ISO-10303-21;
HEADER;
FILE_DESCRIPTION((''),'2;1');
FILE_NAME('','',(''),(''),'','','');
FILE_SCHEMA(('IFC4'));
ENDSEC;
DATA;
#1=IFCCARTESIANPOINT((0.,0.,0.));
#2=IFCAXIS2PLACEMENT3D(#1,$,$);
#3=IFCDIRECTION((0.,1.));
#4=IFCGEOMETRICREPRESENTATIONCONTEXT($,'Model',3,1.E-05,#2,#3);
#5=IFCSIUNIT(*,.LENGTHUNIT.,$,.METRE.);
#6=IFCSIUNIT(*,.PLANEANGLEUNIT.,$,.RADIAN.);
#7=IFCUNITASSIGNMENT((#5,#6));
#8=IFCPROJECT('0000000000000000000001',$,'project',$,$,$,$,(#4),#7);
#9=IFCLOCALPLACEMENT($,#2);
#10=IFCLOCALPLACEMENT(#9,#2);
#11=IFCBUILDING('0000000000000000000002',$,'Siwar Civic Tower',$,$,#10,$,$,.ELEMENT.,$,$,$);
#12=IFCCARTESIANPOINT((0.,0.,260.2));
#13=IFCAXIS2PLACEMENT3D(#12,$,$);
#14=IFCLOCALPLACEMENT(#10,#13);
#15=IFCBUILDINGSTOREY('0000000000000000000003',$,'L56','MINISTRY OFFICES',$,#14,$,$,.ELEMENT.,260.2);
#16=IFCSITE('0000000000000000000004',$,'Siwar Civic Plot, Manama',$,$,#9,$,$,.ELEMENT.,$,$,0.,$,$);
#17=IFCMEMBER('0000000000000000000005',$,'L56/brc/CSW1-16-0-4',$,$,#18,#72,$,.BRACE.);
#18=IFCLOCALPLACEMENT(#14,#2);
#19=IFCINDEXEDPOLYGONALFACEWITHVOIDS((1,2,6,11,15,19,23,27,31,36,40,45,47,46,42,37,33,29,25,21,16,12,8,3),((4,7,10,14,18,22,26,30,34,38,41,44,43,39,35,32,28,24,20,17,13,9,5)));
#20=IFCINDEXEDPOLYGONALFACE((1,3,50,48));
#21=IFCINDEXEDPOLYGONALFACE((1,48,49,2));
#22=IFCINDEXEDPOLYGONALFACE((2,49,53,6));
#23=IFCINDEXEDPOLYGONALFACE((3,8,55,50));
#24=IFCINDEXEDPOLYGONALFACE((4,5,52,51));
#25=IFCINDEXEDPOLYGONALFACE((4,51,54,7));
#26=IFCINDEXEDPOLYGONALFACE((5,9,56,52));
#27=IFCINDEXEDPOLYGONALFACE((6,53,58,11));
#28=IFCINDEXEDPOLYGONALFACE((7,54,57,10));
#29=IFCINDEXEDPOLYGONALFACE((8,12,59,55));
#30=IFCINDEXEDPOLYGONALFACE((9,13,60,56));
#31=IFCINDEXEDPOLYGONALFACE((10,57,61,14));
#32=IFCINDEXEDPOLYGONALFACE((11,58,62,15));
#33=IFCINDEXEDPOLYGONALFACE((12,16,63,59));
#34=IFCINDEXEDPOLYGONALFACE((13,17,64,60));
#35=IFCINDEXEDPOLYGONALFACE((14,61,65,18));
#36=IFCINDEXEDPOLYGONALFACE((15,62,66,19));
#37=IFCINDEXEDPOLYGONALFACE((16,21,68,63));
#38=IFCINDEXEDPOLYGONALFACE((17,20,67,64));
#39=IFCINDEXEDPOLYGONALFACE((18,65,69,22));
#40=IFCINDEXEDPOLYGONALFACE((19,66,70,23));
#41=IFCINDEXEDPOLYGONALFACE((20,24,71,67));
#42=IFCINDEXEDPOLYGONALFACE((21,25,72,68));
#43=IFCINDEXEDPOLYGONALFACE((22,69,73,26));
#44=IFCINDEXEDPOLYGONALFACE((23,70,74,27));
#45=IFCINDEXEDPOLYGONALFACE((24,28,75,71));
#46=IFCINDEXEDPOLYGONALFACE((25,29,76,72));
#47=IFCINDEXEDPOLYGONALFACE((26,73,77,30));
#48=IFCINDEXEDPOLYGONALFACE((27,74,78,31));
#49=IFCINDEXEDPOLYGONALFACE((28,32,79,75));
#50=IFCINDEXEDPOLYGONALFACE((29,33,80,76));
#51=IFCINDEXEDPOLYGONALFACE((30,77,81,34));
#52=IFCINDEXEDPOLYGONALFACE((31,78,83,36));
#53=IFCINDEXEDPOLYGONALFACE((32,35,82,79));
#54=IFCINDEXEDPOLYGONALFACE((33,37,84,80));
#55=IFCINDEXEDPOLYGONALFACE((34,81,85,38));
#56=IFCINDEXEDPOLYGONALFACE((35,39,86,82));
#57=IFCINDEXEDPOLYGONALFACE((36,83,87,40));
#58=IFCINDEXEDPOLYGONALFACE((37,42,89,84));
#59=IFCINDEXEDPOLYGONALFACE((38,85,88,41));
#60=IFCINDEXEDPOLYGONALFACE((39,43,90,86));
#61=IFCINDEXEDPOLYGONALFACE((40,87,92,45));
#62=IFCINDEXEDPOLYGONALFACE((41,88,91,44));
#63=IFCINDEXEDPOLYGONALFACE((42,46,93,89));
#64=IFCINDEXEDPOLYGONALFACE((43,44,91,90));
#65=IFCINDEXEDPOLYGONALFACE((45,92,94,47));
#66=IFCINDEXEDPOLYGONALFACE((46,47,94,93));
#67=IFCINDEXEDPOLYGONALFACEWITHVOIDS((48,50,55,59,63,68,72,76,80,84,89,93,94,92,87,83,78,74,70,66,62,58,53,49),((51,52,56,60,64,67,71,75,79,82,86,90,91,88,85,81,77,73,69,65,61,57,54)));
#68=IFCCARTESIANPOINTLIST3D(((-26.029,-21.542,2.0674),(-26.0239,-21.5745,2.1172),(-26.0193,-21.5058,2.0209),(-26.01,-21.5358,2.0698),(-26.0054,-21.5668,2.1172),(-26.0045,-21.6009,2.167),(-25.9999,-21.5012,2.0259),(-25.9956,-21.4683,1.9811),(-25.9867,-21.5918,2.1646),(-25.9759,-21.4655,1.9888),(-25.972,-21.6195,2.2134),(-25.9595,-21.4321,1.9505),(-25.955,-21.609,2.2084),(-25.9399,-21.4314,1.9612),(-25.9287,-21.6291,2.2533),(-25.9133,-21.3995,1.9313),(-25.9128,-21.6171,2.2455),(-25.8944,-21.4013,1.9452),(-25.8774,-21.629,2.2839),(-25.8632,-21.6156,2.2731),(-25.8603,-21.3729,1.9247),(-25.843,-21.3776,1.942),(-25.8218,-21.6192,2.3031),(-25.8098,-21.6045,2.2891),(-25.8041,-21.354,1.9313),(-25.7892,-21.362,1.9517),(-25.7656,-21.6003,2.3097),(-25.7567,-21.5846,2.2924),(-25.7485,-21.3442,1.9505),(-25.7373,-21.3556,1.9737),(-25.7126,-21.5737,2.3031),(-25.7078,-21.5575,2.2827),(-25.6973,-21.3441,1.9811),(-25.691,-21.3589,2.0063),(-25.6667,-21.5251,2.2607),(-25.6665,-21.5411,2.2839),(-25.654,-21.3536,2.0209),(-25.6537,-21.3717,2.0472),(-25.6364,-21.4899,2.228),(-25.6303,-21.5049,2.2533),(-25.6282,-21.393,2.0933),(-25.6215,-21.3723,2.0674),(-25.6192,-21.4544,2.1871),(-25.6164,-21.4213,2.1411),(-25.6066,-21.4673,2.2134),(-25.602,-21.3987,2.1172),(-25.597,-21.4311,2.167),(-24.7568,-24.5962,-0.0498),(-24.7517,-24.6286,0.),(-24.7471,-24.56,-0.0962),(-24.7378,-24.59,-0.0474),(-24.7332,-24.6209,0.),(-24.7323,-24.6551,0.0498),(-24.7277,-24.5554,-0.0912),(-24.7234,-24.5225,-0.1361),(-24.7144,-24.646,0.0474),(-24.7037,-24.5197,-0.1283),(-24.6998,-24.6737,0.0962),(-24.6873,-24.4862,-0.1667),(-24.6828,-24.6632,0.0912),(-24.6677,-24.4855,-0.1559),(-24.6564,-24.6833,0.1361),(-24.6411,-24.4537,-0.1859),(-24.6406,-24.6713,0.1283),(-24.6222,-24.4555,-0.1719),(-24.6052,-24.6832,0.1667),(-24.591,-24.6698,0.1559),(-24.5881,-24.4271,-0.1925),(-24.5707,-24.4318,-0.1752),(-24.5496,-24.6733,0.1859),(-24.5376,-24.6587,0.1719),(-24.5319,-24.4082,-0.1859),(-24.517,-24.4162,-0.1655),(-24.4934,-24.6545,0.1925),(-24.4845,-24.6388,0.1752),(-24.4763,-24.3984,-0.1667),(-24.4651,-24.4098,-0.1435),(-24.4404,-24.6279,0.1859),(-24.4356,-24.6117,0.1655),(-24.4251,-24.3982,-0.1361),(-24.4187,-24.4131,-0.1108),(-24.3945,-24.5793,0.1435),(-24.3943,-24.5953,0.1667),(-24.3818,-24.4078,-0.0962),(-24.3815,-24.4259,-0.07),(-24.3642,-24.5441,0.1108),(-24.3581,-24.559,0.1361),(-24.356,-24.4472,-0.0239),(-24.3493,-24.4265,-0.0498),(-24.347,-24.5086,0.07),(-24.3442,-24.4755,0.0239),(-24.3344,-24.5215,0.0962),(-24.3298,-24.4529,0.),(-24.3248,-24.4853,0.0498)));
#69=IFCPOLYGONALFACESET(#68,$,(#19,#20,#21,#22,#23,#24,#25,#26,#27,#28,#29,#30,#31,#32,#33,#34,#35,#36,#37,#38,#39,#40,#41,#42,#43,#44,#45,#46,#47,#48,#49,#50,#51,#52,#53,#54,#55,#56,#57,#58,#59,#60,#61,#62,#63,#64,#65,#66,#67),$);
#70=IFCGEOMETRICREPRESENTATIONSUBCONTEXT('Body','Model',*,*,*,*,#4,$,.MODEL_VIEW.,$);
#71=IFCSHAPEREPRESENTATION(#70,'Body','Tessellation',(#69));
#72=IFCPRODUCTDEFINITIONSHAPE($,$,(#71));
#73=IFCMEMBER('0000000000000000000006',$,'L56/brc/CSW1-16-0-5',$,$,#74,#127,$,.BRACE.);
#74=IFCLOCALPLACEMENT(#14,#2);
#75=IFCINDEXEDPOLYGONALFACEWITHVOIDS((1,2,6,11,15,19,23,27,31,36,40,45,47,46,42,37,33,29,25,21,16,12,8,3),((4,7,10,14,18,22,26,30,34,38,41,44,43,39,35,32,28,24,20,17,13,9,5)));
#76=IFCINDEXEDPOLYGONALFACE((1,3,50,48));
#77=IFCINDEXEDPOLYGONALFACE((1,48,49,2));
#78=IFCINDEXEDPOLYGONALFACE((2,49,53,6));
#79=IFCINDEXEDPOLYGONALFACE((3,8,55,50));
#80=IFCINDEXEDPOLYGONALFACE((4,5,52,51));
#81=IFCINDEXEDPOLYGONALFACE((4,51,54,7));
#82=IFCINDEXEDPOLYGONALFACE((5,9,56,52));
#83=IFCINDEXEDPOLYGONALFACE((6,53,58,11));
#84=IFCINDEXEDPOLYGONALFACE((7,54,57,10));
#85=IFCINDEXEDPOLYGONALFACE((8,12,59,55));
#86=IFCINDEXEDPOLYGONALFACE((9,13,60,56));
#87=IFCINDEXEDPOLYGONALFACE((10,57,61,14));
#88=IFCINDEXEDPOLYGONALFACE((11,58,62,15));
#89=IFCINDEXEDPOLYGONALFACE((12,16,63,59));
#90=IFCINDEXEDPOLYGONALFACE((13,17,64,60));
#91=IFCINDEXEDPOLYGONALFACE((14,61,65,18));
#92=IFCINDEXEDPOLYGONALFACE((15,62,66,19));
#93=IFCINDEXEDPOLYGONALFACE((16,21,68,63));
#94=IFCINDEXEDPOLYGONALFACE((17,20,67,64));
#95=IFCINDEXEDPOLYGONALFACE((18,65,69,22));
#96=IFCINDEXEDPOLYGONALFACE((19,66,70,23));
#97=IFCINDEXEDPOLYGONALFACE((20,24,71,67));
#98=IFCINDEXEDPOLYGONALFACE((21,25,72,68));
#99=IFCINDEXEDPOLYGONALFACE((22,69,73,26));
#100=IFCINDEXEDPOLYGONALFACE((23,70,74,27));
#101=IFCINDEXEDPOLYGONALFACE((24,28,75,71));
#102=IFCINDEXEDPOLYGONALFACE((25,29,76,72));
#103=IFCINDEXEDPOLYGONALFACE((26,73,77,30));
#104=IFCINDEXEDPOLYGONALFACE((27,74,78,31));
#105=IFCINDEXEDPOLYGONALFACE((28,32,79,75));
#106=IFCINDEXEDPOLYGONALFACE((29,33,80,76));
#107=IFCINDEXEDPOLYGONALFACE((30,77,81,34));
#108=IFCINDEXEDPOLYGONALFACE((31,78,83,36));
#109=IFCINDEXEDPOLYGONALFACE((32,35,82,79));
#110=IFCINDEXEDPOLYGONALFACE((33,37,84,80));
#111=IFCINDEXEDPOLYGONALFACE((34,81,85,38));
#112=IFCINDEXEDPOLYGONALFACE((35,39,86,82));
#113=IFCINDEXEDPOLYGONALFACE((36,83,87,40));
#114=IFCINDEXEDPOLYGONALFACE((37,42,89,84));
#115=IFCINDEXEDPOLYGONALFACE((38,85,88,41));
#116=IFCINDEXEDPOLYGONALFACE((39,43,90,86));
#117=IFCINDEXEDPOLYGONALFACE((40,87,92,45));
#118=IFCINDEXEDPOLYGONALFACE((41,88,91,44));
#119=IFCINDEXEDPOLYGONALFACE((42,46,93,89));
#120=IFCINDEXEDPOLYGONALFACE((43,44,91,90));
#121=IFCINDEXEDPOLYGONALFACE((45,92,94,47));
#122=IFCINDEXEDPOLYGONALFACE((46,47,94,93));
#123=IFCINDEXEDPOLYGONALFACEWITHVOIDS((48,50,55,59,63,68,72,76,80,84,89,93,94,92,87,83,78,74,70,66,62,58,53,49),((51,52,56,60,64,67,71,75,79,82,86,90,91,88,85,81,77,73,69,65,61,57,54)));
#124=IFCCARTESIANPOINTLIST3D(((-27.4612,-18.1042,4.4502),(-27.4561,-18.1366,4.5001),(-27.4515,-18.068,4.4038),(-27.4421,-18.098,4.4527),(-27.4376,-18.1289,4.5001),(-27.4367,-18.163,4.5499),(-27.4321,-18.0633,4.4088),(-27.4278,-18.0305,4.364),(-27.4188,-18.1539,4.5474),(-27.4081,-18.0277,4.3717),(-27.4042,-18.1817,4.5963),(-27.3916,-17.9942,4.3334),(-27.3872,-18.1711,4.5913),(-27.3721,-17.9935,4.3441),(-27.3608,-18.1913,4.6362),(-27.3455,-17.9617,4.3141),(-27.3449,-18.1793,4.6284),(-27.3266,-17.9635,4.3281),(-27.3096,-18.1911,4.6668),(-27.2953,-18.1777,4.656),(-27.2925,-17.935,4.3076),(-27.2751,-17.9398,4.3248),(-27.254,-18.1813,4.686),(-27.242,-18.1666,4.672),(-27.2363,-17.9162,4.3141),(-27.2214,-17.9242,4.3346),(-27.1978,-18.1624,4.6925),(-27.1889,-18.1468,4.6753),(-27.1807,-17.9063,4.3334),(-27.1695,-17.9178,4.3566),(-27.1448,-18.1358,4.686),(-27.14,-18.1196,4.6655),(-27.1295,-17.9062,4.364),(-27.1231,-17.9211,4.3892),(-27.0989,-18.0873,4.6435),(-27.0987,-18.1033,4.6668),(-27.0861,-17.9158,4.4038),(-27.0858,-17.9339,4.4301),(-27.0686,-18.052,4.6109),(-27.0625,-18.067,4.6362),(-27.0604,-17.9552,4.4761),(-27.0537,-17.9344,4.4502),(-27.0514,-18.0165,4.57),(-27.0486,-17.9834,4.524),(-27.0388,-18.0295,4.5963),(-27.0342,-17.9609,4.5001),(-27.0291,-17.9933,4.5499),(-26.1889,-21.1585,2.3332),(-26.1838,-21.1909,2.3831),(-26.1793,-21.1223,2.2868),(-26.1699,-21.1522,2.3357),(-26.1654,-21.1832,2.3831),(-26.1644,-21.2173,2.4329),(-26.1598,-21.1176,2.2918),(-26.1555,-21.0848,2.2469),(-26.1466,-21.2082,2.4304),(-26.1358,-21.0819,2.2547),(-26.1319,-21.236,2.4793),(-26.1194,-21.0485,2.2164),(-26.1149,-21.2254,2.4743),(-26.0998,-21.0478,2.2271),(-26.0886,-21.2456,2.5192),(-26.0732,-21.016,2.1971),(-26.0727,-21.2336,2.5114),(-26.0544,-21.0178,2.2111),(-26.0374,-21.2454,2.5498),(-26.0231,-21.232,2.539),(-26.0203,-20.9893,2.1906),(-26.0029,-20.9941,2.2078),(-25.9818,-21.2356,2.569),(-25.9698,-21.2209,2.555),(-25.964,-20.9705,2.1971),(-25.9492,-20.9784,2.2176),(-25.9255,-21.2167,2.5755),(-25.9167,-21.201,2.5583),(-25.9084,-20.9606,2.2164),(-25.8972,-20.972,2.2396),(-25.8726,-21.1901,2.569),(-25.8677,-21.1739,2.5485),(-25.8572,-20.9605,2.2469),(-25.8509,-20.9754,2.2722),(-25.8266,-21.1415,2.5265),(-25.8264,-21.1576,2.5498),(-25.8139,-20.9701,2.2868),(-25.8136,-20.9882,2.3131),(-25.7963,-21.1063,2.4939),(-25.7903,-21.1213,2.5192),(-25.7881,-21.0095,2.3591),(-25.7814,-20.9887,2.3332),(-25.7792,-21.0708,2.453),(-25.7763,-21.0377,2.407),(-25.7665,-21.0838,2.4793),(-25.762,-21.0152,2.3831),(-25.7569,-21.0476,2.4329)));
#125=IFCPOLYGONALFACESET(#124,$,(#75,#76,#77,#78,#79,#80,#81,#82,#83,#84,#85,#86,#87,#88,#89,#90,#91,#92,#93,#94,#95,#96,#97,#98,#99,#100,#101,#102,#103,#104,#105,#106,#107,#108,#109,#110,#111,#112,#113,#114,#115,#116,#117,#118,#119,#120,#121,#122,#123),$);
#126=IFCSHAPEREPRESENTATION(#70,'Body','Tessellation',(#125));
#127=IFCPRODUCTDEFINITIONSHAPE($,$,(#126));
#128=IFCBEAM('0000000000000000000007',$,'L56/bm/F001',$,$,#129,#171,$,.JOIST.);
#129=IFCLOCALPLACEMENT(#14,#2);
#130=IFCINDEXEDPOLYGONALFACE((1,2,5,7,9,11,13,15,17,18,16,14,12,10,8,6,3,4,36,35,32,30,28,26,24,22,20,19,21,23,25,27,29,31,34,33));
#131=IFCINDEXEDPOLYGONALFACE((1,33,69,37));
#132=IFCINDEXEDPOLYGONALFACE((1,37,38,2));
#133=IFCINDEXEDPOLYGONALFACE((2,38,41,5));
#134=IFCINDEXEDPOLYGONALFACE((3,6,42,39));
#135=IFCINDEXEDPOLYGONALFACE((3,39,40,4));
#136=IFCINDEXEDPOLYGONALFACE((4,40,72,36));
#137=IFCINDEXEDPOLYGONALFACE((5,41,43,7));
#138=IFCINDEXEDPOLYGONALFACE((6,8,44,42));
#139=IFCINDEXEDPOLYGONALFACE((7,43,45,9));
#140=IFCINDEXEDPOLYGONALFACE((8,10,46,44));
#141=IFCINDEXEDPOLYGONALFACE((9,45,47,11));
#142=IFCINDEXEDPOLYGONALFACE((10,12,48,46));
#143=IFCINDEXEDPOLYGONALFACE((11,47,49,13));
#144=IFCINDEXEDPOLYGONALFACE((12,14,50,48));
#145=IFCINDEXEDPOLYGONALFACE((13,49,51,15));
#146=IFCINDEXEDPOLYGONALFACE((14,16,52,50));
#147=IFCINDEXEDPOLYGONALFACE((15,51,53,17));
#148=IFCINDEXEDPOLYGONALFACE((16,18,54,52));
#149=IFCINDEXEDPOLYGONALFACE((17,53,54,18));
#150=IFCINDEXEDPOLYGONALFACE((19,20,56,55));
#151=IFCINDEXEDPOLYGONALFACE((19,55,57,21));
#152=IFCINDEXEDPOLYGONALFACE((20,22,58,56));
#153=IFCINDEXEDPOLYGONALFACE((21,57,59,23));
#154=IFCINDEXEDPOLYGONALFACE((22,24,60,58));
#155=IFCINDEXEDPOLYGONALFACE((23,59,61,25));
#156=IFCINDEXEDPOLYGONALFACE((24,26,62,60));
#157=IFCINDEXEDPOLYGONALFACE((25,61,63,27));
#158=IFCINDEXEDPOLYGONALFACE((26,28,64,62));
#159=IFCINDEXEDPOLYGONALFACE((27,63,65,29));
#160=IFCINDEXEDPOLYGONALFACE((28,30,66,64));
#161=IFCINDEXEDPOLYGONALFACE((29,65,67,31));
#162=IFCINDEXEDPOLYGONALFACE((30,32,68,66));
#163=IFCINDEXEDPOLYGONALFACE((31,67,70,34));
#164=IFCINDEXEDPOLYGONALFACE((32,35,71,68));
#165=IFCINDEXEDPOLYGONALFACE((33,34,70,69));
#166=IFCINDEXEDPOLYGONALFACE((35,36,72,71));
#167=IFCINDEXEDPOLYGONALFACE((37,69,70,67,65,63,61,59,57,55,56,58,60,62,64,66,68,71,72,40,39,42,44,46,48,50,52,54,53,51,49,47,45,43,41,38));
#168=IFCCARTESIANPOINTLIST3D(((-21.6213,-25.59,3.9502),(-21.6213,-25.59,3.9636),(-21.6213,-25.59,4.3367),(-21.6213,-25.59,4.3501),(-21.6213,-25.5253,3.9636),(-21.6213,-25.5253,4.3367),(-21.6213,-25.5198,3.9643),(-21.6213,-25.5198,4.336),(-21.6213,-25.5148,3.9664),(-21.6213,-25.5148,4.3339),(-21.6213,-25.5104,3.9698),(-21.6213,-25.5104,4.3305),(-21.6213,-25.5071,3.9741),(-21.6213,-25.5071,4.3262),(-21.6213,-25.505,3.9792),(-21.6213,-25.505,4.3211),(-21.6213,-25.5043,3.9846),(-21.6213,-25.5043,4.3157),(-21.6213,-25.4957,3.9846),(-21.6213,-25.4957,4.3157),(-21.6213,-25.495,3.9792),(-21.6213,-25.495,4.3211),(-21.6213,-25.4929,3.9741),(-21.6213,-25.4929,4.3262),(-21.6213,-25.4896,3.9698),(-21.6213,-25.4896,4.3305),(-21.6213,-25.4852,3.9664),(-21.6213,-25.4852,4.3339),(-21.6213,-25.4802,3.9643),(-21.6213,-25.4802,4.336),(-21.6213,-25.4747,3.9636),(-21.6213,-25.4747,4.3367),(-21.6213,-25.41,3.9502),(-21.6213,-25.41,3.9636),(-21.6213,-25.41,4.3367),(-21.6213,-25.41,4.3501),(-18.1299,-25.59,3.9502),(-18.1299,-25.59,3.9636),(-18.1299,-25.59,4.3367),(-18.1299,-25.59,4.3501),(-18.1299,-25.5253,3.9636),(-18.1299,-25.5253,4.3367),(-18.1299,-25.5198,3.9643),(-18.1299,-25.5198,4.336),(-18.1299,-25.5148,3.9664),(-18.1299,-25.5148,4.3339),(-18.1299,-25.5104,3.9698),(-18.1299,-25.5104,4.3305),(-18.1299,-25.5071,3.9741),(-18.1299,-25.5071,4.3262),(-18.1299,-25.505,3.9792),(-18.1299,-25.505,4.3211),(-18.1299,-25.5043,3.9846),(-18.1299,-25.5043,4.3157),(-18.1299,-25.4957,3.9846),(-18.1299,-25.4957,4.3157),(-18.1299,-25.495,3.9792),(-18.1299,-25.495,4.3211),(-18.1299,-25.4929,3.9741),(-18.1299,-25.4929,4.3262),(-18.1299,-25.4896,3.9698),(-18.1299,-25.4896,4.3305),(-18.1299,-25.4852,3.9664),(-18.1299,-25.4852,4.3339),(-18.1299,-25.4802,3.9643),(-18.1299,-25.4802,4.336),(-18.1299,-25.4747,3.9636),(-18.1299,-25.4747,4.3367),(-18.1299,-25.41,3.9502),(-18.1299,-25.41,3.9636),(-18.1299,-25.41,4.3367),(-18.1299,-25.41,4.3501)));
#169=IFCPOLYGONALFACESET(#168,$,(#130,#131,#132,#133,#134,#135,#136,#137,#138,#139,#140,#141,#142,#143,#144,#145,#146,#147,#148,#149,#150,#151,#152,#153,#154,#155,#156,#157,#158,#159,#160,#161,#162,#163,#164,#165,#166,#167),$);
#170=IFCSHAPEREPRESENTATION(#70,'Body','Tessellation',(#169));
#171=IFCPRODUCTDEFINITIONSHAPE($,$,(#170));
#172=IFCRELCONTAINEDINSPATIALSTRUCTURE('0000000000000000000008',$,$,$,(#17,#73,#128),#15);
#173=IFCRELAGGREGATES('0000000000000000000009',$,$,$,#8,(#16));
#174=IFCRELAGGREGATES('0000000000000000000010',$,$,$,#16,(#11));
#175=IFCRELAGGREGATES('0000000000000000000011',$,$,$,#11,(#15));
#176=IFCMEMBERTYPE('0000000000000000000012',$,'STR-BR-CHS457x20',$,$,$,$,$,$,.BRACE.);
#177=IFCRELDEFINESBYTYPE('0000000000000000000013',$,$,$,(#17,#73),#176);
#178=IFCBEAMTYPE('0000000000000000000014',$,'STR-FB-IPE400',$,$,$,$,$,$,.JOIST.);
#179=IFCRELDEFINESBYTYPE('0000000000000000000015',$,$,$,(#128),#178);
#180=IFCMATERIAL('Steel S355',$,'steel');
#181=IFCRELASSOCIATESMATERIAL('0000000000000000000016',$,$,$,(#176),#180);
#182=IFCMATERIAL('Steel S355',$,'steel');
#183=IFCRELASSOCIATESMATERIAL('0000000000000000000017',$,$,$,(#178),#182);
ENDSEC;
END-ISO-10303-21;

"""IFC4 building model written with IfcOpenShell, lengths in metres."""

from ifc_helpers import new_model, si_unit, direction, frame, origin, origin_2d, place, context, subcontext, project, spatial, hollow_circle, i_section, extrude, material, material_profile, profile_set, type_object, element, save


model = new_model("IFC4")

# Units and contexts
model_context = context("Model", 3, precision=1e-05, world=origin(), true_north=direction((0.0, 1.0)))
body_context = subcontext(model_context, "Body", "Model", "MODEL_VIEW")
ifc_project = project(units=[si_unit("LENGTHUNIT", "METRE"), si_unit("PLANEANGLEUNIT", "RADIAN")], contexts=[model_context])

# Site, building, storey
site_placement = place(None, origin())
site = spatial("IfcSite", under=ifc_project, at=site_placement, Name="Siwar Civic Plot, Manama", CompositionType="ELEMENT", RefElevation=0.0)
building_placement = place(site_placement, origin())
building = spatial("IfcBuilding", under=site, at=building_placement, Name="Siwar Civic Tower", CompositionType="ELEMENT")
storey_placement = place(building_placement, frame((0.0, 0.0, 260.2)))
storey = spatial("IfcBuildingStorey", under=building, at=storey_placement, Name="L56", Description="MINISTRY OFFICES", CompositionType="ELEMENT", Elevation=260.2)

# Members
ifc_material_1 = material(Name="Steel S355", Category="steel")
ifc_material_profile_1 = material_profile(ifc_material_1, hollow_circle(Radius=0.2285, WallThickness=0.02, at=origin_2d()), Name="CHS457x20")
ifc_profile_set_1 = profile_set([ifc_material_profile_1], Name="Steel S355")
member_type_1 = type_object("IfcMemberType", Name="STR-BR-CHS457x20", PredefinedType="BRACE", material=ifc_profile_set_1)
for number, where, z_axis, x_axis, name in (
    (1, (-24.5408, -24.5408, 0.0), (-0.323884, 0.777546, 0.538999), (-0.923116, -0.384521, 0.0), "L56/brc/CSW1-16-0-4"),
    (2, (-25.9729, -21.103, 2.3831), (-0.323895, 0.777572, 0.538955), (-0.923116, -0.384521, 0.0), "L56/brc/CSW1-16-0-5"),
):
    element("IfcMember", number, at=place(storey_placement, frame(where, z_axis=z_axis, x_axis=x_axis)), inside=storey, type_object=member_type_1, Name=name, PredefinedType="BRACE", context=body_context, shape_type="SweptSolid", body=[
        extrude(hollow_circle(Radius=0.2285, WallThickness=0.02, at=origin_2d()), origin(), (0.0, 0.0, 1.0), 3.928),
    ])

# Beam
ifc_material_2 = material(Name="Steel S355", Category="steel")
ifc_material_profile_2 = material_profile(ifc_material_2, i_section(OverallWidth=0.1799, OverallDepth=0.3999, WebThickness=0.0085, FlangeThickness=0.0134, FilletRadius=0.021, at=origin_2d()), Name="IPE400")
ifc_profile_set_2 = profile_set([ifc_material_profile_2], Name="Steel S355")
beam_type_1 = type_object("IfcBeamType", Name="STR-FB-IPE400", PredefinedType="JOIST", material=ifc_profile_set_2)
beam_1_placement = place(storey_placement, frame((-21.6213, -25.5, 4.1501), z_axis=(1.0, 0.0, 0.0), x_axis=(0.0, 1.0, 0.0)))
element("IfcBeam", 3, at=beam_1_placement, inside=storey, type_object=beam_type_1, Name="L56/bm/F001", PredefinedType="JOIST", context=body_context, shape_type="SweptSolid", body=[
    extrude(i_section(OverallWidth=0.1799, OverallDepth=0.3999, WebThickness=0.0085, FlangeThickness=0.0134, FilletRadius=0.021, at=origin_2d()), origin(), (0.0, 0.0, 1.0), 3.4915),
])

save(model, "model.ifc")
